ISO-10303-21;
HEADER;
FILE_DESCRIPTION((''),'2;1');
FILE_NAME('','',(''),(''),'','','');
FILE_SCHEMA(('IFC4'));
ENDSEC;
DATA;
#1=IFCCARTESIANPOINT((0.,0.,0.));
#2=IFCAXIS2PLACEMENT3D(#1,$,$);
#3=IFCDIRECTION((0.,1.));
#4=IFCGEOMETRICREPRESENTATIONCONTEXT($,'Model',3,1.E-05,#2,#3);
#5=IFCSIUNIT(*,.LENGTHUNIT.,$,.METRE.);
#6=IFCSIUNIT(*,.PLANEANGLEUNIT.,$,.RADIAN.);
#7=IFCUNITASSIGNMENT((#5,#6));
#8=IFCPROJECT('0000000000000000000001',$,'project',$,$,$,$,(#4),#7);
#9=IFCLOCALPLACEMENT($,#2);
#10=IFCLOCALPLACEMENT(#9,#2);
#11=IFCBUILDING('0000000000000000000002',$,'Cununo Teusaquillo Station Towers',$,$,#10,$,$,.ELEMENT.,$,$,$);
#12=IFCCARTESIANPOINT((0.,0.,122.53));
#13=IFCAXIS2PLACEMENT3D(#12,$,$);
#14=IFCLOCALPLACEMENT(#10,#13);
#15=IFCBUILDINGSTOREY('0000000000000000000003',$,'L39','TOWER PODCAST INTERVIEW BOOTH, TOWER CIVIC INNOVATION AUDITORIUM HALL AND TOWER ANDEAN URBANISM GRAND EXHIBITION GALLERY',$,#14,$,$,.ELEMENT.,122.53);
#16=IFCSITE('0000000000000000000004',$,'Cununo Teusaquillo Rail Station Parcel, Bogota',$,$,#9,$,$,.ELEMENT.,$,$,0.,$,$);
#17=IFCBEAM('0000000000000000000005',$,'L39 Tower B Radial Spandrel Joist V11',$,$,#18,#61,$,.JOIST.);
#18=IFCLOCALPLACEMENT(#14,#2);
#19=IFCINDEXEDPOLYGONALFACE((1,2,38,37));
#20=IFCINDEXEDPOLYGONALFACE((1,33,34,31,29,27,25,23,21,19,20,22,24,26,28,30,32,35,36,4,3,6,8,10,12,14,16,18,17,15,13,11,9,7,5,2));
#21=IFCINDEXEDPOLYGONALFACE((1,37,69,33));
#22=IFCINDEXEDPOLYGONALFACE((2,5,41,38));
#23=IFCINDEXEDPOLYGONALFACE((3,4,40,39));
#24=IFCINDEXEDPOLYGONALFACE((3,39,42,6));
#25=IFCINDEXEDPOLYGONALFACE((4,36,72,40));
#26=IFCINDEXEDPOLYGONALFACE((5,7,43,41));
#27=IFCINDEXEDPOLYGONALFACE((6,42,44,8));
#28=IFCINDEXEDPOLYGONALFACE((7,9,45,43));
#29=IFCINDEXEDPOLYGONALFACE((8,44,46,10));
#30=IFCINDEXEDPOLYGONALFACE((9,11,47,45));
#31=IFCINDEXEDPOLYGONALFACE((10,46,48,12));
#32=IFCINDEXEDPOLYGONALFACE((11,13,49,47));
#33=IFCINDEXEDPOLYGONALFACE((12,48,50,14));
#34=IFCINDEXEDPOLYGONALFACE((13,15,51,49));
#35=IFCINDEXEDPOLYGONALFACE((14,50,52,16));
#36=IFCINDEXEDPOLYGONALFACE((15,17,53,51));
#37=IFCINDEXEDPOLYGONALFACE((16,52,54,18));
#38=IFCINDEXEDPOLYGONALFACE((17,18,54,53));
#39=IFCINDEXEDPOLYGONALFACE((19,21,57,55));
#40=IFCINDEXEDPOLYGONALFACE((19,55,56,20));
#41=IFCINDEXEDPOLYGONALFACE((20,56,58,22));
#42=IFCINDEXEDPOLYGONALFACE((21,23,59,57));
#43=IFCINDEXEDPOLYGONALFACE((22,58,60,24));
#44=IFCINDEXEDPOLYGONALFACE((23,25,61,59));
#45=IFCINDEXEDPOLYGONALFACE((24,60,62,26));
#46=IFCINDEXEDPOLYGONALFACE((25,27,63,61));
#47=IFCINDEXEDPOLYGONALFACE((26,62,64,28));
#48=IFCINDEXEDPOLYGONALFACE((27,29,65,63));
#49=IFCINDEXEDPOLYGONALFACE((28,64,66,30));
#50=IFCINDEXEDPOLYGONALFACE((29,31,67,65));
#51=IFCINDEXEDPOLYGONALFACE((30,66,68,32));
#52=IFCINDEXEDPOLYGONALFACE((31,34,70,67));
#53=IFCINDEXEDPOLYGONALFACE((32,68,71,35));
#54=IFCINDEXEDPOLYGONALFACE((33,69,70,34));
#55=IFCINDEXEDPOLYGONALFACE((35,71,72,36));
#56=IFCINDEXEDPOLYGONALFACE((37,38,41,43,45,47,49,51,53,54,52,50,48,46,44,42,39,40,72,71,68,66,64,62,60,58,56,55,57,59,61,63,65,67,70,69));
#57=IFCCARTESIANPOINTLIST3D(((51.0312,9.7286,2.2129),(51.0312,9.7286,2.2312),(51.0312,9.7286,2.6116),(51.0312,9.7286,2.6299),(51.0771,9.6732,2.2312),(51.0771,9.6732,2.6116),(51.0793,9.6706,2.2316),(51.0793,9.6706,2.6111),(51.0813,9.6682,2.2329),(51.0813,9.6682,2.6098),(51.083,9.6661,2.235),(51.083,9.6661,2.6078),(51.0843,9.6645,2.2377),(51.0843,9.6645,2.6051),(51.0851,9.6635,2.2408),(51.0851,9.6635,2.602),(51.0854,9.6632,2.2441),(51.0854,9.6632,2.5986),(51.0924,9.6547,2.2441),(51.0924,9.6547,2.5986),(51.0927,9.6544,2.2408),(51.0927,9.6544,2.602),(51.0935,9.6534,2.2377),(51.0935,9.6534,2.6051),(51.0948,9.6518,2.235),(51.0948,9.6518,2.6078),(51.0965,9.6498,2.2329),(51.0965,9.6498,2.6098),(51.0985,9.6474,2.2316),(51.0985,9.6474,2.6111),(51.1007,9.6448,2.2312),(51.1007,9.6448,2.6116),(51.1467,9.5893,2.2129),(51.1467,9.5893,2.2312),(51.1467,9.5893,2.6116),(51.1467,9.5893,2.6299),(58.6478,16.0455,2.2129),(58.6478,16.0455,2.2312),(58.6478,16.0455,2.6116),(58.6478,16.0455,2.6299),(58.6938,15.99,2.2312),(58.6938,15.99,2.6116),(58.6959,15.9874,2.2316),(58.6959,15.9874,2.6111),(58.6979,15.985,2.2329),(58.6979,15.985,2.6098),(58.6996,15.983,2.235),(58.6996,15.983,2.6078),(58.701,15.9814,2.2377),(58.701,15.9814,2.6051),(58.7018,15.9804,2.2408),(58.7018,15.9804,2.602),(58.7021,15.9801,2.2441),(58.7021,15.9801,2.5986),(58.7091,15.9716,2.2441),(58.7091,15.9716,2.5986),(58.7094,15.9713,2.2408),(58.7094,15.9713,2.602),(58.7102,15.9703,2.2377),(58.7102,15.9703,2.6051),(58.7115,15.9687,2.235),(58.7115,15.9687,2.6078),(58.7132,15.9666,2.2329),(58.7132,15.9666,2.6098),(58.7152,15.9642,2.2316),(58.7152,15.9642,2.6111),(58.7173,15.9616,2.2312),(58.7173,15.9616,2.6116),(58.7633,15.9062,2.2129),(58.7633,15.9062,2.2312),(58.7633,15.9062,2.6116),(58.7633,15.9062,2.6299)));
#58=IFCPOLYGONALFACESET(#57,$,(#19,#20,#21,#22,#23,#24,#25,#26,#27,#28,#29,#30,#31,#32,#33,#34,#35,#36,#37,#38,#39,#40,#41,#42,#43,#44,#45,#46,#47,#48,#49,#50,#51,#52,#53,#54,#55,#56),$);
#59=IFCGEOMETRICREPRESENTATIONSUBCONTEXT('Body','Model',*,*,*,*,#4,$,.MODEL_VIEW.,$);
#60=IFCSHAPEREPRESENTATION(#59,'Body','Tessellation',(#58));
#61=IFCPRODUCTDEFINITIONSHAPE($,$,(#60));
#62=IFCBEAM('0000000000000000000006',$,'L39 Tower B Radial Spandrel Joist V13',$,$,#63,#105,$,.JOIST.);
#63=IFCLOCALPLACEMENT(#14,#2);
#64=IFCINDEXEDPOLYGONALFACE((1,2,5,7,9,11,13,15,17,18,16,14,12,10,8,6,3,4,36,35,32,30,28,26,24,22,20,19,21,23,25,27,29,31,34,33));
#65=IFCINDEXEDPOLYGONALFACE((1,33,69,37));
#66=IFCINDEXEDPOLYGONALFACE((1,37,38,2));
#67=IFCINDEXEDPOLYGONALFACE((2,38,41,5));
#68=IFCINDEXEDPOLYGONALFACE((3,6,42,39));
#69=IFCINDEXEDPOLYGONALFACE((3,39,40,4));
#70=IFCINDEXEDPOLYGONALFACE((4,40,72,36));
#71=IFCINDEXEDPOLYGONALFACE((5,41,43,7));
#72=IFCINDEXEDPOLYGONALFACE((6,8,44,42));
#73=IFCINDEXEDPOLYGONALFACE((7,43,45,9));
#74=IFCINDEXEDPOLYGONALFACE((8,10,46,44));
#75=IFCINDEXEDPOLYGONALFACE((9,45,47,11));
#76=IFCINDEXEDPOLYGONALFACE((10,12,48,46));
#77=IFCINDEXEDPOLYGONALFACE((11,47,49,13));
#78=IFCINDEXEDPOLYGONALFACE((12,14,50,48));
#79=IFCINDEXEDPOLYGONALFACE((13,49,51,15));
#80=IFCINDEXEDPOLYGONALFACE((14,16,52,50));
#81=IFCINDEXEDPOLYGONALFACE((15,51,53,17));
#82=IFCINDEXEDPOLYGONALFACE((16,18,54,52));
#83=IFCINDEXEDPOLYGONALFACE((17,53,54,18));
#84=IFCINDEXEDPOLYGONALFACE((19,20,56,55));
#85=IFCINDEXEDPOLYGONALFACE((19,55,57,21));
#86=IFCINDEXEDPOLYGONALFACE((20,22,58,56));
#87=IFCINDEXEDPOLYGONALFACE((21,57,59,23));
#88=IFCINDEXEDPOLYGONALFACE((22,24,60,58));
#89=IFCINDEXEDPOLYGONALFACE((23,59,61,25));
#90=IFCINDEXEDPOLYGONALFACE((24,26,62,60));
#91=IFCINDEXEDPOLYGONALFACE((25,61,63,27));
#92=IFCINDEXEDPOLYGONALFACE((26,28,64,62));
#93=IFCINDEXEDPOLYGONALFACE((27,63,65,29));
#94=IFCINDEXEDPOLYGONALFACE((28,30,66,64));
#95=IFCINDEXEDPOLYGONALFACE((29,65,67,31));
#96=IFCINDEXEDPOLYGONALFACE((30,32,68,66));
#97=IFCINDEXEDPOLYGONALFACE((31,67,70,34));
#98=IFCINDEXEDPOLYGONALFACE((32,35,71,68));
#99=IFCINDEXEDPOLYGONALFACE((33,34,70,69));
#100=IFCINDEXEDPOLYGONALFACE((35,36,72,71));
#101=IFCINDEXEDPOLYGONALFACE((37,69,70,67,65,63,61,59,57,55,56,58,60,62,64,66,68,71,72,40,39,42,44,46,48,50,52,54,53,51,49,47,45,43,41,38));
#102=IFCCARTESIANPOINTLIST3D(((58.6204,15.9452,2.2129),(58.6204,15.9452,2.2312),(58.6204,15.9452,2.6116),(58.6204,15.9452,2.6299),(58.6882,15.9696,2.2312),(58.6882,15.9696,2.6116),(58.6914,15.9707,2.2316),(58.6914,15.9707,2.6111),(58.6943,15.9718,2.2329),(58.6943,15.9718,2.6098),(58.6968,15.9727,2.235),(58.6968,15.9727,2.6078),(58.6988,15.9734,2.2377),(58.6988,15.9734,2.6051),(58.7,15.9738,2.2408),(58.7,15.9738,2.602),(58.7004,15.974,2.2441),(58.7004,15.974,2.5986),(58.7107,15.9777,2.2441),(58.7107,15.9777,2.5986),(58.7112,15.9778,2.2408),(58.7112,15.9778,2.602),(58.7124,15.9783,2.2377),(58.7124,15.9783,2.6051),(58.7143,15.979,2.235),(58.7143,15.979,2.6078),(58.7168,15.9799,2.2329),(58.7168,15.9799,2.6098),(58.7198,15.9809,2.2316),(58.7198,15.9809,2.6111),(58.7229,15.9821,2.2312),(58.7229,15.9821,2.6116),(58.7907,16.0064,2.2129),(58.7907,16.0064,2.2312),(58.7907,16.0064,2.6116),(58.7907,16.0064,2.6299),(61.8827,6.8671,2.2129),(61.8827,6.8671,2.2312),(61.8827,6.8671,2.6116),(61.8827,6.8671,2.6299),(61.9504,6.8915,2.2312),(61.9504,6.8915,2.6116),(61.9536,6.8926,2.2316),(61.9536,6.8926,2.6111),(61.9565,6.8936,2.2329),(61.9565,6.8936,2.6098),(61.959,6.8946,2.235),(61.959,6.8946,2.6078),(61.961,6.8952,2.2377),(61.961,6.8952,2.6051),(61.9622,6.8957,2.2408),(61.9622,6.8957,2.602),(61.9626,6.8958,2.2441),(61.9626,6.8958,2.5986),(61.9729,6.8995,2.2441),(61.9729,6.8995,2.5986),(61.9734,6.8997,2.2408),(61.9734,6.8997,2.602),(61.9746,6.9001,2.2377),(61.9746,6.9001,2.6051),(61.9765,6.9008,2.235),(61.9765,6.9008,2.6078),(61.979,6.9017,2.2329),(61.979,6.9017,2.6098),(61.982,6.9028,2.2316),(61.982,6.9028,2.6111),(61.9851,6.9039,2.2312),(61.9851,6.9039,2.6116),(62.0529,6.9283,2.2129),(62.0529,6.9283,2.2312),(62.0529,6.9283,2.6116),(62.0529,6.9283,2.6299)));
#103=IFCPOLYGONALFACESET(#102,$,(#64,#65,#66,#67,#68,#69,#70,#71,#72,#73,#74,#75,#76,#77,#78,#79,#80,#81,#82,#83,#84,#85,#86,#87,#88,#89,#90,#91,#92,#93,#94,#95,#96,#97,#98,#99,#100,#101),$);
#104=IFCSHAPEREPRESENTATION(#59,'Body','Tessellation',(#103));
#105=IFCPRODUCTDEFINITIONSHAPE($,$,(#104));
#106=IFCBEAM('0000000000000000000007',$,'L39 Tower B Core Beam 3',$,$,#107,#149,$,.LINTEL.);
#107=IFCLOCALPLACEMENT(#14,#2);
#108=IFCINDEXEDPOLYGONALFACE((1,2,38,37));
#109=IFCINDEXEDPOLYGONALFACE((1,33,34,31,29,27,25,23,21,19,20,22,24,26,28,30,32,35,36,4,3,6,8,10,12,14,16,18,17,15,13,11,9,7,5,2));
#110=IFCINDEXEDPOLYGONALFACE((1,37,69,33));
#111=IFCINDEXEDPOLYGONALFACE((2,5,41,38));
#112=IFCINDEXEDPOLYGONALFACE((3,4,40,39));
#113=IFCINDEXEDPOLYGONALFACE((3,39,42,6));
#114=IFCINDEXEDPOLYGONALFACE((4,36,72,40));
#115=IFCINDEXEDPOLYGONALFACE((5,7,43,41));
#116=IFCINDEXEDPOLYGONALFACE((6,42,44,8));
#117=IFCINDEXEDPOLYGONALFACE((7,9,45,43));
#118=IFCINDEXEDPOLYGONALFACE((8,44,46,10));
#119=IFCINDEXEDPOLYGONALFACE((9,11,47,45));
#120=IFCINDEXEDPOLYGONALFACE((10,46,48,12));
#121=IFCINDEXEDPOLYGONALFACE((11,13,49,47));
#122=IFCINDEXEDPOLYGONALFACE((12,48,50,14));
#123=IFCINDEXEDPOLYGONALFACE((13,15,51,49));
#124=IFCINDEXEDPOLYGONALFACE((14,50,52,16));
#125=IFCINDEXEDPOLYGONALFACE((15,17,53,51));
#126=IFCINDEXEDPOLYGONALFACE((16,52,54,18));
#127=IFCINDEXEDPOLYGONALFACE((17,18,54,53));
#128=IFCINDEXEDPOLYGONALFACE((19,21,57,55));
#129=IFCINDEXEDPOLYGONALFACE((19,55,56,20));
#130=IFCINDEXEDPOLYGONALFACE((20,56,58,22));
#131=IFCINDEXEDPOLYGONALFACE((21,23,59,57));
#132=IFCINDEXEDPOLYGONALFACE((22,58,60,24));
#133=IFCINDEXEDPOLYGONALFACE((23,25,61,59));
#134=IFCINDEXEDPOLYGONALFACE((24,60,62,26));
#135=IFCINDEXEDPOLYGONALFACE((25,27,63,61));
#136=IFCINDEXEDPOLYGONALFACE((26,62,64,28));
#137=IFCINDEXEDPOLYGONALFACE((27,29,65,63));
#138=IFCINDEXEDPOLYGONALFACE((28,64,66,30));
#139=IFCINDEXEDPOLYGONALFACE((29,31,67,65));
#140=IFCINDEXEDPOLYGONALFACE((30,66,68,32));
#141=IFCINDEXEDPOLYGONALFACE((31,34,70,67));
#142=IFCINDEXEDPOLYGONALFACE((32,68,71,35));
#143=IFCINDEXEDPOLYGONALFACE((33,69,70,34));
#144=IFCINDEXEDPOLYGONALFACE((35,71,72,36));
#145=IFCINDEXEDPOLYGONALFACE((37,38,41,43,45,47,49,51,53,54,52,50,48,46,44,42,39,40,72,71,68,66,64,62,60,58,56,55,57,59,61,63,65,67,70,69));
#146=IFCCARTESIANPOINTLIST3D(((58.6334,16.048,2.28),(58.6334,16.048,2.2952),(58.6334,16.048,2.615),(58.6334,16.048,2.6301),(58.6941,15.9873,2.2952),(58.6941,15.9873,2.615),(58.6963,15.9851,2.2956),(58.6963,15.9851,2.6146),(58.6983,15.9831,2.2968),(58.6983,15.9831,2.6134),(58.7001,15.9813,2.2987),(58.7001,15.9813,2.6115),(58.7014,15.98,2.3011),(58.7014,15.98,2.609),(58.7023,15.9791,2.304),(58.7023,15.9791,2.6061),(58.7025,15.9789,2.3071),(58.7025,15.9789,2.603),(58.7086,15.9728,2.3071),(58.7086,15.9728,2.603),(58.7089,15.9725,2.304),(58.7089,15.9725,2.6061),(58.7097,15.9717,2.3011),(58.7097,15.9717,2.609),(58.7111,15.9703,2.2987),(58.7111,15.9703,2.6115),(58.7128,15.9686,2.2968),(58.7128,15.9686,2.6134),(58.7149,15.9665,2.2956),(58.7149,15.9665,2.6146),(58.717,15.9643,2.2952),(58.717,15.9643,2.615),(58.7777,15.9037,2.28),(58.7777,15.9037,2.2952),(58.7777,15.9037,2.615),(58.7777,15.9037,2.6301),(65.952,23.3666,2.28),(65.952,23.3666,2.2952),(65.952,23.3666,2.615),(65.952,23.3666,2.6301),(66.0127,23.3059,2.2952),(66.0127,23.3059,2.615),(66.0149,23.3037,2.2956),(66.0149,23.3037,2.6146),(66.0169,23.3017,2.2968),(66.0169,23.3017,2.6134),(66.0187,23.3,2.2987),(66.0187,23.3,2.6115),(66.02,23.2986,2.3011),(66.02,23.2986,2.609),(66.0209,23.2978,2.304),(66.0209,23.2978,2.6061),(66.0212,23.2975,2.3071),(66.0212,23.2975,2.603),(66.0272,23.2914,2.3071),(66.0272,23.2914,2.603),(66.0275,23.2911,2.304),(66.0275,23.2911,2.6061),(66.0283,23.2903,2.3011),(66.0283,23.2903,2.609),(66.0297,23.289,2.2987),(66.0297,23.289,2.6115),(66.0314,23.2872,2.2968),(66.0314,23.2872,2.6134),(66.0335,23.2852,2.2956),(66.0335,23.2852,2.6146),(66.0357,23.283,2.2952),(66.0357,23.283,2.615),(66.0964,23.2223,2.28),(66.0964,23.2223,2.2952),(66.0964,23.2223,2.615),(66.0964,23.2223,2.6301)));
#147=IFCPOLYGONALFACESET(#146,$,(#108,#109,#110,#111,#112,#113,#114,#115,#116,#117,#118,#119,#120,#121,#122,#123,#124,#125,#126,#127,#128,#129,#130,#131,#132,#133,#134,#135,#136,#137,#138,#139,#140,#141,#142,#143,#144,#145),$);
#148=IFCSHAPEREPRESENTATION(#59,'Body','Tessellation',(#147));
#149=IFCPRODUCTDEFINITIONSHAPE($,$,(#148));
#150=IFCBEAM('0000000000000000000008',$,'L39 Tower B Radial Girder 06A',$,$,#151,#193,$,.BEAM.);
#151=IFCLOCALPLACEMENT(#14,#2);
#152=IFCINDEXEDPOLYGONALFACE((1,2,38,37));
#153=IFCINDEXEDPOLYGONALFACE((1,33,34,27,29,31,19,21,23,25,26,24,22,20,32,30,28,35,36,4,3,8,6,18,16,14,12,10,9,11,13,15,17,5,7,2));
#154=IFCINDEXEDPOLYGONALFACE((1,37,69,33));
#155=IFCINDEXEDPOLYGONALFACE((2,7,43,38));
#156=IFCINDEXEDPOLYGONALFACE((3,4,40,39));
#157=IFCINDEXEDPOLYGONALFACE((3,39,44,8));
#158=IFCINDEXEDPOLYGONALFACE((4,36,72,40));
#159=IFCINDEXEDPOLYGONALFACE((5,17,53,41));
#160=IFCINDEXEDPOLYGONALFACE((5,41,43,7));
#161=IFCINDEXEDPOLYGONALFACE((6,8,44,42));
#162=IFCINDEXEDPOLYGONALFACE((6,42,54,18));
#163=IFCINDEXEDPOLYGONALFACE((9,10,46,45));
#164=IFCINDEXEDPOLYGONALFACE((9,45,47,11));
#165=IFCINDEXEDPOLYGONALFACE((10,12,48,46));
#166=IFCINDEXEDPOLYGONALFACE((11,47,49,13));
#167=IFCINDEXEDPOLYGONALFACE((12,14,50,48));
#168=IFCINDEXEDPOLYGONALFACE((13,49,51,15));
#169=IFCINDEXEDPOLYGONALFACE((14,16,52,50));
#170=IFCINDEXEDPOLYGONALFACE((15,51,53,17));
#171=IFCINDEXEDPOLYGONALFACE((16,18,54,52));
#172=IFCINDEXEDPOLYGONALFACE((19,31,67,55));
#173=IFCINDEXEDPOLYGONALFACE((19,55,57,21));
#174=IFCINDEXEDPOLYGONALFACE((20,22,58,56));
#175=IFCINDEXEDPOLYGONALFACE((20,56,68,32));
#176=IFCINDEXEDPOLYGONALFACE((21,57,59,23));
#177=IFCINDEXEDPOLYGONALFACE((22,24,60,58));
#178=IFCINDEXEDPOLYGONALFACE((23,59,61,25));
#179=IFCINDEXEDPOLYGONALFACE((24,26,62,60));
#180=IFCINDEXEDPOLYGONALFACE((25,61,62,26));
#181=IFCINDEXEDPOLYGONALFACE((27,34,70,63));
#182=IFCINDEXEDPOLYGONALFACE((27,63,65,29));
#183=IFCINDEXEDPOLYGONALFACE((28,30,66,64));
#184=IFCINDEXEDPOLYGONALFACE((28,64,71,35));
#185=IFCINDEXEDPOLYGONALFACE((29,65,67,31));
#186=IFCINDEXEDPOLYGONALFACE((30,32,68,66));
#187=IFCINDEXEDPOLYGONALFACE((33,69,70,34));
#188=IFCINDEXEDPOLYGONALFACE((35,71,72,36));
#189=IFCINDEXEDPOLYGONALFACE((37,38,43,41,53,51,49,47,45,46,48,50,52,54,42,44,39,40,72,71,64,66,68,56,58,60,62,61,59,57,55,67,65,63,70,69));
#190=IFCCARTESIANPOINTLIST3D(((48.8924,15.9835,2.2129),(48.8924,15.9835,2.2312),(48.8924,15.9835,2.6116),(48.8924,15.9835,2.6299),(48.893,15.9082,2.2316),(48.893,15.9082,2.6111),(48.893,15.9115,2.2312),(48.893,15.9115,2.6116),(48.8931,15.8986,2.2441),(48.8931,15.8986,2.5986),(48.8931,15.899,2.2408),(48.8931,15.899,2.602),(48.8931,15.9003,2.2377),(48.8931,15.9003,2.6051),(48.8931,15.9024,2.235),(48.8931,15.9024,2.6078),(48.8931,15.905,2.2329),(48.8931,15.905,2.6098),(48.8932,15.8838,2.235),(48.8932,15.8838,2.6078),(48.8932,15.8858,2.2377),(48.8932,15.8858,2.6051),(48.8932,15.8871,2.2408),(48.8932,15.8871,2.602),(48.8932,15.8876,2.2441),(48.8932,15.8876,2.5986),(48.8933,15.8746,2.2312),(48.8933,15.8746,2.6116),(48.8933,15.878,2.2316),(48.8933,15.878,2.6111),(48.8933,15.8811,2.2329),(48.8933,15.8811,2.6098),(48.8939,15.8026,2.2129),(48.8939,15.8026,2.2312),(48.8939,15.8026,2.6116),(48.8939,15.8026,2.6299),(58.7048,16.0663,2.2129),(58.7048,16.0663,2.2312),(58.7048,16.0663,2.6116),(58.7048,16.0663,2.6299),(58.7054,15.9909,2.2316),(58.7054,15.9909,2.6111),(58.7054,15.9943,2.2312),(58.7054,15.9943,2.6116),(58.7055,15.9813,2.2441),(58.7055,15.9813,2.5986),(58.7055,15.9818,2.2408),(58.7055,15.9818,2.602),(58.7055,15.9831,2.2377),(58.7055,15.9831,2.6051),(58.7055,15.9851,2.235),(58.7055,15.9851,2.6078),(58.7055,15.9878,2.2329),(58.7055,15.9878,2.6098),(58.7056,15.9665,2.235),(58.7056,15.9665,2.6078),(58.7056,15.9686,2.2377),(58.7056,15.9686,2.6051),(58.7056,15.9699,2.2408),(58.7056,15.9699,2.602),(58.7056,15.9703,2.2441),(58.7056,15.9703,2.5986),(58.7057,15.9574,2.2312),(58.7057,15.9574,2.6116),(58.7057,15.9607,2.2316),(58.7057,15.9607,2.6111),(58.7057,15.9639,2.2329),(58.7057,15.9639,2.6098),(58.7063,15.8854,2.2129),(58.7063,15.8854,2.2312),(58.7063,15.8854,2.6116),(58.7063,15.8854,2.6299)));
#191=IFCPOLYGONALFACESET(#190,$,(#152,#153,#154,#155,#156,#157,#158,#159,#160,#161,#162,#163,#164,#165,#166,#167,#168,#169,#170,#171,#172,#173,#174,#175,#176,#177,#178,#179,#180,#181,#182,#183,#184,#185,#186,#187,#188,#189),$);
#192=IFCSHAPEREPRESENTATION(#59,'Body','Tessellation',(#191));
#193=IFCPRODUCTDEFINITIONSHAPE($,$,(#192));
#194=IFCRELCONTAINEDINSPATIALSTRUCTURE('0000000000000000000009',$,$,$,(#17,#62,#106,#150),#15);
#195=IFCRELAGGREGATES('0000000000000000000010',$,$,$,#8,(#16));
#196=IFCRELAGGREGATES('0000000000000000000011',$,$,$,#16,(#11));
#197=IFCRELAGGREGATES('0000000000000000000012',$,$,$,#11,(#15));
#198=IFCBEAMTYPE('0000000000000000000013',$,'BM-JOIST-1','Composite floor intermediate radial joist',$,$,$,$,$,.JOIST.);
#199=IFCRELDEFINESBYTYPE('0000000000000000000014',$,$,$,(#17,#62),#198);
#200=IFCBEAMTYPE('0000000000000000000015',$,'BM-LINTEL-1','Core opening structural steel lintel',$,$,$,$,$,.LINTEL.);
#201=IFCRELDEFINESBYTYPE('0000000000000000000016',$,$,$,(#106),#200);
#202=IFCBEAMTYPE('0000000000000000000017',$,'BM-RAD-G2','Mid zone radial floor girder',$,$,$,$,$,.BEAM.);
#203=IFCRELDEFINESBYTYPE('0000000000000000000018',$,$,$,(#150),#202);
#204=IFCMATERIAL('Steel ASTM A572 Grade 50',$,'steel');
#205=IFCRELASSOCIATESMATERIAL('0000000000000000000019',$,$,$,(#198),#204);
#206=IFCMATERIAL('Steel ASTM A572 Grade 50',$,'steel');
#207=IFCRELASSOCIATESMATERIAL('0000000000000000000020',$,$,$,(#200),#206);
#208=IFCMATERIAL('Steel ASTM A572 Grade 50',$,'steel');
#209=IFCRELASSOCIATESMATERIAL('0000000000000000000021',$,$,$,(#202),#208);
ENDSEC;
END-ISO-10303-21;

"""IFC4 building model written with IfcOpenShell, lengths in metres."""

from ifc_helpers import new_model, si_unit, direction, frame, origin, origin_2d, place, context, subcontext, project, spatial, i_section, extrude, material, material_profile, profile_set, type_object, element, save


model = new_model("IFC4")

# Units and contexts
model_context = context("Model", 3, precision=1e-05, world=origin(), true_north=direction((0.0, 1.0)))
body_context = subcontext(model_context, "Body", "Model", "MODEL_VIEW")
ifc_project = project(units=[si_unit("LENGTHUNIT", "METRE"), si_unit("PLANEANGLEUNIT", "RADIAN")], contexts=[model_context])

# Site, building, storey
site_placement = place(None, origin())
site = spatial("IfcSite", under=ifc_project, at=site_placement, Name="Cununo Teusaquillo Rail Station Parcel, Bogota", CompositionType="ELEMENT", RefElevation=0.0)
building_placement = place(site_placement, origin())
building = spatial("IfcBuilding", under=site, at=building_placement, Name="Cununo Teusaquillo Station Towers", CompositionType="ELEMENT")
storey_placement = place(building_placement, frame((0.0, 0.0, 122.53)))
storey = spatial("IfcBuildingStorey", under=building, at=storey_placement, Name="L39", Description="TOWER PODCAST INTERVIEW BOOTH, TOWER CIVIC INNOVATION AUDITORIUM HALL AND TOWER ANDEAN URBANISM GRAND EXHIBITION GALLERY", CompositionType="ELEMENT", Elevation=122.53)

# Beams
ifc_material_1 = material(Name="Steel ASTM A572 Grade 50", Category="steel")
ifc_material_profile_1 = material_profile(ifc_material_1, i_section(OverallWidth=0.1809, OverallDepth=0.417, WebThickness=0.011, FlangeThickness=0.0183, FilletRadius=0.0129, at=origin_2d()), Name="W16X57")
ifc_profile_set_1 = profile_set([ifc_material_profile_1], Name="Steel ASTM A572 Grade 50")
beam_type_1 = type_object("IfcBeamType", Name="BM-JOIST-1", Description="Composite floor intermediate radial joist", PredefinedType="JOIST", material=ifc_profile_set_1)
beam_1_placement = place(storey_placement, frame((58.7056, 15.9758, 2.4214), z_axis=(-0.769728, -0.638372, 0.0), x_axis=(0.638372, -0.769728, 0.0)))
element("IfcBeam", 1, at=beam_1_placement, inside=storey, type_object=beam_type_1, Name="L39 Tower B Radial Spandrel Joist V11", PredefinedType="JOIST", context=body_context, shape_type="SweptSolid", body=[
    extrude(i_section(OverallWidth=0.1809, OverallDepth=0.417, WebThickness=0.011, FlangeThickness=0.0183, FilletRadius=0.0129, at=origin_2d()), origin(), (0.0, 0.0, 1.0), 9.8953),
])
beam_2_placement = place(storey_placement, frame((58.7056, 15.9758, 2.4214), z_axis=(0.338176, -0.941083, 0.0), x_axis=(0.941083, 0.338176, 0.0)))
element("IfcBeam", 2, at=beam_2_placement, inside=storey, type_object=beam_type_1, Name="L39 Tower B Radial Spandrel Joist V13", PredefinedType="JOIST", context=body_context, shape_type="SweptSolid", body=[
    extrude(i_section(OverallWidth=0.1809, OverallDepth=0.417, WebThickness=0.011, FlangeThickness=0.0183, FilletRadius=0.0129, at=origin_2d()), origin(), (0.0, 0.0, 1.0), 9.6465),
])
ifc_material_2 = material(Name="Steel ASTM A572 Grade 50", Category="steel")
ifc_material_profile_2 = material_profile(ifc_material_2, i_section(OverallWidth=0.2041, OverallDepth=0.3501, WebThickness=0.0085, FlangeThickness=0.0151, FilletRadius=0.012, at=origin_2d()), Name="W14X48")
ifc_profile_set_2 = profile_set([ifc_material_profile_2], Name="Steel ASTM A572 Grade 50")
beam_type_2 = type_object("IfcBeamType", Name="BM-LINTEL-1", Description="Core opening structural steel lintel", PredefinedType="LINTEL", material=ifc_profile_set_2)
beam_3_placement = place(storey_placement, frame((58.7056, 15.9758, 2.4551), z_axis=(0.707107, 0.707107, 0.0), x_axis=(-0.707107, 0.707107, 0.0)))
element("IfcBeam", 3, at=beam_3_placement, inside=storey, type_object=beam_type_2, Name="L39 Tower B Core Beam 3", PredefinedType="LINTEL", context=body_context, shape_type="SweptSolid", body=[
    extrude(i_section(OverallWidth=0.2041, OverallDepth=0.3501, WebThickness=0.0085, FlangeThickness=0.0151, FilletRadius=0.012, at=origin_2d()), origin(), (0.0, 0.0, 1.0), 10.3501),
])
ifc_material_3 = material(Name="Steel ASTM A572 Grade 50", Category="steel")
ifc_material_profile_3 = material_profile(ifc_material_3, i_section(OverallWidth=0.1809, OverallDepth=0.417, WebThickness=0.011, FlangeThickness=0.0183, FilletRadius=0.0129, at=origin_2d()), Name="W16X57")
ifc_profile_set_3 = profile_set([ifc_material_profile_3], Name="Steel ASTM A572 Grade 50")
beam_type_3 = type_object("IfcBeamType", Name="BM-RAD-G2", Description="Mid zone radial floor girder", PredefinedType="BEAM", material=ifc_profile_set_3)
beam_4_placement = place(storey_placement, frame((58.7056, 15.9758, 2.4214), z_axis=(-0.999964, -0.008434, 0.0), x_axis=(0.008434, -0.999964, 0.0)))
element("IfcBeam", 4, at=beam_4_placement, inside=storey, type_object=beam_type_3, Name="L39 Tower B Radial Girder 06A", PredefinedType="BEAM", context=body_context, shape_type="SweptSolid", body=[
    extrude(i_section(OverallWidth=0.1809, OverallDepth=0.417, WebThickness=0.011, FlangeThickness=0.0183, FilletRadius=0.0129, at=origin_2d()), origin(), (0.0, 0.0, 1.0), 9.8127),
])

save(model, "model.ifc")
